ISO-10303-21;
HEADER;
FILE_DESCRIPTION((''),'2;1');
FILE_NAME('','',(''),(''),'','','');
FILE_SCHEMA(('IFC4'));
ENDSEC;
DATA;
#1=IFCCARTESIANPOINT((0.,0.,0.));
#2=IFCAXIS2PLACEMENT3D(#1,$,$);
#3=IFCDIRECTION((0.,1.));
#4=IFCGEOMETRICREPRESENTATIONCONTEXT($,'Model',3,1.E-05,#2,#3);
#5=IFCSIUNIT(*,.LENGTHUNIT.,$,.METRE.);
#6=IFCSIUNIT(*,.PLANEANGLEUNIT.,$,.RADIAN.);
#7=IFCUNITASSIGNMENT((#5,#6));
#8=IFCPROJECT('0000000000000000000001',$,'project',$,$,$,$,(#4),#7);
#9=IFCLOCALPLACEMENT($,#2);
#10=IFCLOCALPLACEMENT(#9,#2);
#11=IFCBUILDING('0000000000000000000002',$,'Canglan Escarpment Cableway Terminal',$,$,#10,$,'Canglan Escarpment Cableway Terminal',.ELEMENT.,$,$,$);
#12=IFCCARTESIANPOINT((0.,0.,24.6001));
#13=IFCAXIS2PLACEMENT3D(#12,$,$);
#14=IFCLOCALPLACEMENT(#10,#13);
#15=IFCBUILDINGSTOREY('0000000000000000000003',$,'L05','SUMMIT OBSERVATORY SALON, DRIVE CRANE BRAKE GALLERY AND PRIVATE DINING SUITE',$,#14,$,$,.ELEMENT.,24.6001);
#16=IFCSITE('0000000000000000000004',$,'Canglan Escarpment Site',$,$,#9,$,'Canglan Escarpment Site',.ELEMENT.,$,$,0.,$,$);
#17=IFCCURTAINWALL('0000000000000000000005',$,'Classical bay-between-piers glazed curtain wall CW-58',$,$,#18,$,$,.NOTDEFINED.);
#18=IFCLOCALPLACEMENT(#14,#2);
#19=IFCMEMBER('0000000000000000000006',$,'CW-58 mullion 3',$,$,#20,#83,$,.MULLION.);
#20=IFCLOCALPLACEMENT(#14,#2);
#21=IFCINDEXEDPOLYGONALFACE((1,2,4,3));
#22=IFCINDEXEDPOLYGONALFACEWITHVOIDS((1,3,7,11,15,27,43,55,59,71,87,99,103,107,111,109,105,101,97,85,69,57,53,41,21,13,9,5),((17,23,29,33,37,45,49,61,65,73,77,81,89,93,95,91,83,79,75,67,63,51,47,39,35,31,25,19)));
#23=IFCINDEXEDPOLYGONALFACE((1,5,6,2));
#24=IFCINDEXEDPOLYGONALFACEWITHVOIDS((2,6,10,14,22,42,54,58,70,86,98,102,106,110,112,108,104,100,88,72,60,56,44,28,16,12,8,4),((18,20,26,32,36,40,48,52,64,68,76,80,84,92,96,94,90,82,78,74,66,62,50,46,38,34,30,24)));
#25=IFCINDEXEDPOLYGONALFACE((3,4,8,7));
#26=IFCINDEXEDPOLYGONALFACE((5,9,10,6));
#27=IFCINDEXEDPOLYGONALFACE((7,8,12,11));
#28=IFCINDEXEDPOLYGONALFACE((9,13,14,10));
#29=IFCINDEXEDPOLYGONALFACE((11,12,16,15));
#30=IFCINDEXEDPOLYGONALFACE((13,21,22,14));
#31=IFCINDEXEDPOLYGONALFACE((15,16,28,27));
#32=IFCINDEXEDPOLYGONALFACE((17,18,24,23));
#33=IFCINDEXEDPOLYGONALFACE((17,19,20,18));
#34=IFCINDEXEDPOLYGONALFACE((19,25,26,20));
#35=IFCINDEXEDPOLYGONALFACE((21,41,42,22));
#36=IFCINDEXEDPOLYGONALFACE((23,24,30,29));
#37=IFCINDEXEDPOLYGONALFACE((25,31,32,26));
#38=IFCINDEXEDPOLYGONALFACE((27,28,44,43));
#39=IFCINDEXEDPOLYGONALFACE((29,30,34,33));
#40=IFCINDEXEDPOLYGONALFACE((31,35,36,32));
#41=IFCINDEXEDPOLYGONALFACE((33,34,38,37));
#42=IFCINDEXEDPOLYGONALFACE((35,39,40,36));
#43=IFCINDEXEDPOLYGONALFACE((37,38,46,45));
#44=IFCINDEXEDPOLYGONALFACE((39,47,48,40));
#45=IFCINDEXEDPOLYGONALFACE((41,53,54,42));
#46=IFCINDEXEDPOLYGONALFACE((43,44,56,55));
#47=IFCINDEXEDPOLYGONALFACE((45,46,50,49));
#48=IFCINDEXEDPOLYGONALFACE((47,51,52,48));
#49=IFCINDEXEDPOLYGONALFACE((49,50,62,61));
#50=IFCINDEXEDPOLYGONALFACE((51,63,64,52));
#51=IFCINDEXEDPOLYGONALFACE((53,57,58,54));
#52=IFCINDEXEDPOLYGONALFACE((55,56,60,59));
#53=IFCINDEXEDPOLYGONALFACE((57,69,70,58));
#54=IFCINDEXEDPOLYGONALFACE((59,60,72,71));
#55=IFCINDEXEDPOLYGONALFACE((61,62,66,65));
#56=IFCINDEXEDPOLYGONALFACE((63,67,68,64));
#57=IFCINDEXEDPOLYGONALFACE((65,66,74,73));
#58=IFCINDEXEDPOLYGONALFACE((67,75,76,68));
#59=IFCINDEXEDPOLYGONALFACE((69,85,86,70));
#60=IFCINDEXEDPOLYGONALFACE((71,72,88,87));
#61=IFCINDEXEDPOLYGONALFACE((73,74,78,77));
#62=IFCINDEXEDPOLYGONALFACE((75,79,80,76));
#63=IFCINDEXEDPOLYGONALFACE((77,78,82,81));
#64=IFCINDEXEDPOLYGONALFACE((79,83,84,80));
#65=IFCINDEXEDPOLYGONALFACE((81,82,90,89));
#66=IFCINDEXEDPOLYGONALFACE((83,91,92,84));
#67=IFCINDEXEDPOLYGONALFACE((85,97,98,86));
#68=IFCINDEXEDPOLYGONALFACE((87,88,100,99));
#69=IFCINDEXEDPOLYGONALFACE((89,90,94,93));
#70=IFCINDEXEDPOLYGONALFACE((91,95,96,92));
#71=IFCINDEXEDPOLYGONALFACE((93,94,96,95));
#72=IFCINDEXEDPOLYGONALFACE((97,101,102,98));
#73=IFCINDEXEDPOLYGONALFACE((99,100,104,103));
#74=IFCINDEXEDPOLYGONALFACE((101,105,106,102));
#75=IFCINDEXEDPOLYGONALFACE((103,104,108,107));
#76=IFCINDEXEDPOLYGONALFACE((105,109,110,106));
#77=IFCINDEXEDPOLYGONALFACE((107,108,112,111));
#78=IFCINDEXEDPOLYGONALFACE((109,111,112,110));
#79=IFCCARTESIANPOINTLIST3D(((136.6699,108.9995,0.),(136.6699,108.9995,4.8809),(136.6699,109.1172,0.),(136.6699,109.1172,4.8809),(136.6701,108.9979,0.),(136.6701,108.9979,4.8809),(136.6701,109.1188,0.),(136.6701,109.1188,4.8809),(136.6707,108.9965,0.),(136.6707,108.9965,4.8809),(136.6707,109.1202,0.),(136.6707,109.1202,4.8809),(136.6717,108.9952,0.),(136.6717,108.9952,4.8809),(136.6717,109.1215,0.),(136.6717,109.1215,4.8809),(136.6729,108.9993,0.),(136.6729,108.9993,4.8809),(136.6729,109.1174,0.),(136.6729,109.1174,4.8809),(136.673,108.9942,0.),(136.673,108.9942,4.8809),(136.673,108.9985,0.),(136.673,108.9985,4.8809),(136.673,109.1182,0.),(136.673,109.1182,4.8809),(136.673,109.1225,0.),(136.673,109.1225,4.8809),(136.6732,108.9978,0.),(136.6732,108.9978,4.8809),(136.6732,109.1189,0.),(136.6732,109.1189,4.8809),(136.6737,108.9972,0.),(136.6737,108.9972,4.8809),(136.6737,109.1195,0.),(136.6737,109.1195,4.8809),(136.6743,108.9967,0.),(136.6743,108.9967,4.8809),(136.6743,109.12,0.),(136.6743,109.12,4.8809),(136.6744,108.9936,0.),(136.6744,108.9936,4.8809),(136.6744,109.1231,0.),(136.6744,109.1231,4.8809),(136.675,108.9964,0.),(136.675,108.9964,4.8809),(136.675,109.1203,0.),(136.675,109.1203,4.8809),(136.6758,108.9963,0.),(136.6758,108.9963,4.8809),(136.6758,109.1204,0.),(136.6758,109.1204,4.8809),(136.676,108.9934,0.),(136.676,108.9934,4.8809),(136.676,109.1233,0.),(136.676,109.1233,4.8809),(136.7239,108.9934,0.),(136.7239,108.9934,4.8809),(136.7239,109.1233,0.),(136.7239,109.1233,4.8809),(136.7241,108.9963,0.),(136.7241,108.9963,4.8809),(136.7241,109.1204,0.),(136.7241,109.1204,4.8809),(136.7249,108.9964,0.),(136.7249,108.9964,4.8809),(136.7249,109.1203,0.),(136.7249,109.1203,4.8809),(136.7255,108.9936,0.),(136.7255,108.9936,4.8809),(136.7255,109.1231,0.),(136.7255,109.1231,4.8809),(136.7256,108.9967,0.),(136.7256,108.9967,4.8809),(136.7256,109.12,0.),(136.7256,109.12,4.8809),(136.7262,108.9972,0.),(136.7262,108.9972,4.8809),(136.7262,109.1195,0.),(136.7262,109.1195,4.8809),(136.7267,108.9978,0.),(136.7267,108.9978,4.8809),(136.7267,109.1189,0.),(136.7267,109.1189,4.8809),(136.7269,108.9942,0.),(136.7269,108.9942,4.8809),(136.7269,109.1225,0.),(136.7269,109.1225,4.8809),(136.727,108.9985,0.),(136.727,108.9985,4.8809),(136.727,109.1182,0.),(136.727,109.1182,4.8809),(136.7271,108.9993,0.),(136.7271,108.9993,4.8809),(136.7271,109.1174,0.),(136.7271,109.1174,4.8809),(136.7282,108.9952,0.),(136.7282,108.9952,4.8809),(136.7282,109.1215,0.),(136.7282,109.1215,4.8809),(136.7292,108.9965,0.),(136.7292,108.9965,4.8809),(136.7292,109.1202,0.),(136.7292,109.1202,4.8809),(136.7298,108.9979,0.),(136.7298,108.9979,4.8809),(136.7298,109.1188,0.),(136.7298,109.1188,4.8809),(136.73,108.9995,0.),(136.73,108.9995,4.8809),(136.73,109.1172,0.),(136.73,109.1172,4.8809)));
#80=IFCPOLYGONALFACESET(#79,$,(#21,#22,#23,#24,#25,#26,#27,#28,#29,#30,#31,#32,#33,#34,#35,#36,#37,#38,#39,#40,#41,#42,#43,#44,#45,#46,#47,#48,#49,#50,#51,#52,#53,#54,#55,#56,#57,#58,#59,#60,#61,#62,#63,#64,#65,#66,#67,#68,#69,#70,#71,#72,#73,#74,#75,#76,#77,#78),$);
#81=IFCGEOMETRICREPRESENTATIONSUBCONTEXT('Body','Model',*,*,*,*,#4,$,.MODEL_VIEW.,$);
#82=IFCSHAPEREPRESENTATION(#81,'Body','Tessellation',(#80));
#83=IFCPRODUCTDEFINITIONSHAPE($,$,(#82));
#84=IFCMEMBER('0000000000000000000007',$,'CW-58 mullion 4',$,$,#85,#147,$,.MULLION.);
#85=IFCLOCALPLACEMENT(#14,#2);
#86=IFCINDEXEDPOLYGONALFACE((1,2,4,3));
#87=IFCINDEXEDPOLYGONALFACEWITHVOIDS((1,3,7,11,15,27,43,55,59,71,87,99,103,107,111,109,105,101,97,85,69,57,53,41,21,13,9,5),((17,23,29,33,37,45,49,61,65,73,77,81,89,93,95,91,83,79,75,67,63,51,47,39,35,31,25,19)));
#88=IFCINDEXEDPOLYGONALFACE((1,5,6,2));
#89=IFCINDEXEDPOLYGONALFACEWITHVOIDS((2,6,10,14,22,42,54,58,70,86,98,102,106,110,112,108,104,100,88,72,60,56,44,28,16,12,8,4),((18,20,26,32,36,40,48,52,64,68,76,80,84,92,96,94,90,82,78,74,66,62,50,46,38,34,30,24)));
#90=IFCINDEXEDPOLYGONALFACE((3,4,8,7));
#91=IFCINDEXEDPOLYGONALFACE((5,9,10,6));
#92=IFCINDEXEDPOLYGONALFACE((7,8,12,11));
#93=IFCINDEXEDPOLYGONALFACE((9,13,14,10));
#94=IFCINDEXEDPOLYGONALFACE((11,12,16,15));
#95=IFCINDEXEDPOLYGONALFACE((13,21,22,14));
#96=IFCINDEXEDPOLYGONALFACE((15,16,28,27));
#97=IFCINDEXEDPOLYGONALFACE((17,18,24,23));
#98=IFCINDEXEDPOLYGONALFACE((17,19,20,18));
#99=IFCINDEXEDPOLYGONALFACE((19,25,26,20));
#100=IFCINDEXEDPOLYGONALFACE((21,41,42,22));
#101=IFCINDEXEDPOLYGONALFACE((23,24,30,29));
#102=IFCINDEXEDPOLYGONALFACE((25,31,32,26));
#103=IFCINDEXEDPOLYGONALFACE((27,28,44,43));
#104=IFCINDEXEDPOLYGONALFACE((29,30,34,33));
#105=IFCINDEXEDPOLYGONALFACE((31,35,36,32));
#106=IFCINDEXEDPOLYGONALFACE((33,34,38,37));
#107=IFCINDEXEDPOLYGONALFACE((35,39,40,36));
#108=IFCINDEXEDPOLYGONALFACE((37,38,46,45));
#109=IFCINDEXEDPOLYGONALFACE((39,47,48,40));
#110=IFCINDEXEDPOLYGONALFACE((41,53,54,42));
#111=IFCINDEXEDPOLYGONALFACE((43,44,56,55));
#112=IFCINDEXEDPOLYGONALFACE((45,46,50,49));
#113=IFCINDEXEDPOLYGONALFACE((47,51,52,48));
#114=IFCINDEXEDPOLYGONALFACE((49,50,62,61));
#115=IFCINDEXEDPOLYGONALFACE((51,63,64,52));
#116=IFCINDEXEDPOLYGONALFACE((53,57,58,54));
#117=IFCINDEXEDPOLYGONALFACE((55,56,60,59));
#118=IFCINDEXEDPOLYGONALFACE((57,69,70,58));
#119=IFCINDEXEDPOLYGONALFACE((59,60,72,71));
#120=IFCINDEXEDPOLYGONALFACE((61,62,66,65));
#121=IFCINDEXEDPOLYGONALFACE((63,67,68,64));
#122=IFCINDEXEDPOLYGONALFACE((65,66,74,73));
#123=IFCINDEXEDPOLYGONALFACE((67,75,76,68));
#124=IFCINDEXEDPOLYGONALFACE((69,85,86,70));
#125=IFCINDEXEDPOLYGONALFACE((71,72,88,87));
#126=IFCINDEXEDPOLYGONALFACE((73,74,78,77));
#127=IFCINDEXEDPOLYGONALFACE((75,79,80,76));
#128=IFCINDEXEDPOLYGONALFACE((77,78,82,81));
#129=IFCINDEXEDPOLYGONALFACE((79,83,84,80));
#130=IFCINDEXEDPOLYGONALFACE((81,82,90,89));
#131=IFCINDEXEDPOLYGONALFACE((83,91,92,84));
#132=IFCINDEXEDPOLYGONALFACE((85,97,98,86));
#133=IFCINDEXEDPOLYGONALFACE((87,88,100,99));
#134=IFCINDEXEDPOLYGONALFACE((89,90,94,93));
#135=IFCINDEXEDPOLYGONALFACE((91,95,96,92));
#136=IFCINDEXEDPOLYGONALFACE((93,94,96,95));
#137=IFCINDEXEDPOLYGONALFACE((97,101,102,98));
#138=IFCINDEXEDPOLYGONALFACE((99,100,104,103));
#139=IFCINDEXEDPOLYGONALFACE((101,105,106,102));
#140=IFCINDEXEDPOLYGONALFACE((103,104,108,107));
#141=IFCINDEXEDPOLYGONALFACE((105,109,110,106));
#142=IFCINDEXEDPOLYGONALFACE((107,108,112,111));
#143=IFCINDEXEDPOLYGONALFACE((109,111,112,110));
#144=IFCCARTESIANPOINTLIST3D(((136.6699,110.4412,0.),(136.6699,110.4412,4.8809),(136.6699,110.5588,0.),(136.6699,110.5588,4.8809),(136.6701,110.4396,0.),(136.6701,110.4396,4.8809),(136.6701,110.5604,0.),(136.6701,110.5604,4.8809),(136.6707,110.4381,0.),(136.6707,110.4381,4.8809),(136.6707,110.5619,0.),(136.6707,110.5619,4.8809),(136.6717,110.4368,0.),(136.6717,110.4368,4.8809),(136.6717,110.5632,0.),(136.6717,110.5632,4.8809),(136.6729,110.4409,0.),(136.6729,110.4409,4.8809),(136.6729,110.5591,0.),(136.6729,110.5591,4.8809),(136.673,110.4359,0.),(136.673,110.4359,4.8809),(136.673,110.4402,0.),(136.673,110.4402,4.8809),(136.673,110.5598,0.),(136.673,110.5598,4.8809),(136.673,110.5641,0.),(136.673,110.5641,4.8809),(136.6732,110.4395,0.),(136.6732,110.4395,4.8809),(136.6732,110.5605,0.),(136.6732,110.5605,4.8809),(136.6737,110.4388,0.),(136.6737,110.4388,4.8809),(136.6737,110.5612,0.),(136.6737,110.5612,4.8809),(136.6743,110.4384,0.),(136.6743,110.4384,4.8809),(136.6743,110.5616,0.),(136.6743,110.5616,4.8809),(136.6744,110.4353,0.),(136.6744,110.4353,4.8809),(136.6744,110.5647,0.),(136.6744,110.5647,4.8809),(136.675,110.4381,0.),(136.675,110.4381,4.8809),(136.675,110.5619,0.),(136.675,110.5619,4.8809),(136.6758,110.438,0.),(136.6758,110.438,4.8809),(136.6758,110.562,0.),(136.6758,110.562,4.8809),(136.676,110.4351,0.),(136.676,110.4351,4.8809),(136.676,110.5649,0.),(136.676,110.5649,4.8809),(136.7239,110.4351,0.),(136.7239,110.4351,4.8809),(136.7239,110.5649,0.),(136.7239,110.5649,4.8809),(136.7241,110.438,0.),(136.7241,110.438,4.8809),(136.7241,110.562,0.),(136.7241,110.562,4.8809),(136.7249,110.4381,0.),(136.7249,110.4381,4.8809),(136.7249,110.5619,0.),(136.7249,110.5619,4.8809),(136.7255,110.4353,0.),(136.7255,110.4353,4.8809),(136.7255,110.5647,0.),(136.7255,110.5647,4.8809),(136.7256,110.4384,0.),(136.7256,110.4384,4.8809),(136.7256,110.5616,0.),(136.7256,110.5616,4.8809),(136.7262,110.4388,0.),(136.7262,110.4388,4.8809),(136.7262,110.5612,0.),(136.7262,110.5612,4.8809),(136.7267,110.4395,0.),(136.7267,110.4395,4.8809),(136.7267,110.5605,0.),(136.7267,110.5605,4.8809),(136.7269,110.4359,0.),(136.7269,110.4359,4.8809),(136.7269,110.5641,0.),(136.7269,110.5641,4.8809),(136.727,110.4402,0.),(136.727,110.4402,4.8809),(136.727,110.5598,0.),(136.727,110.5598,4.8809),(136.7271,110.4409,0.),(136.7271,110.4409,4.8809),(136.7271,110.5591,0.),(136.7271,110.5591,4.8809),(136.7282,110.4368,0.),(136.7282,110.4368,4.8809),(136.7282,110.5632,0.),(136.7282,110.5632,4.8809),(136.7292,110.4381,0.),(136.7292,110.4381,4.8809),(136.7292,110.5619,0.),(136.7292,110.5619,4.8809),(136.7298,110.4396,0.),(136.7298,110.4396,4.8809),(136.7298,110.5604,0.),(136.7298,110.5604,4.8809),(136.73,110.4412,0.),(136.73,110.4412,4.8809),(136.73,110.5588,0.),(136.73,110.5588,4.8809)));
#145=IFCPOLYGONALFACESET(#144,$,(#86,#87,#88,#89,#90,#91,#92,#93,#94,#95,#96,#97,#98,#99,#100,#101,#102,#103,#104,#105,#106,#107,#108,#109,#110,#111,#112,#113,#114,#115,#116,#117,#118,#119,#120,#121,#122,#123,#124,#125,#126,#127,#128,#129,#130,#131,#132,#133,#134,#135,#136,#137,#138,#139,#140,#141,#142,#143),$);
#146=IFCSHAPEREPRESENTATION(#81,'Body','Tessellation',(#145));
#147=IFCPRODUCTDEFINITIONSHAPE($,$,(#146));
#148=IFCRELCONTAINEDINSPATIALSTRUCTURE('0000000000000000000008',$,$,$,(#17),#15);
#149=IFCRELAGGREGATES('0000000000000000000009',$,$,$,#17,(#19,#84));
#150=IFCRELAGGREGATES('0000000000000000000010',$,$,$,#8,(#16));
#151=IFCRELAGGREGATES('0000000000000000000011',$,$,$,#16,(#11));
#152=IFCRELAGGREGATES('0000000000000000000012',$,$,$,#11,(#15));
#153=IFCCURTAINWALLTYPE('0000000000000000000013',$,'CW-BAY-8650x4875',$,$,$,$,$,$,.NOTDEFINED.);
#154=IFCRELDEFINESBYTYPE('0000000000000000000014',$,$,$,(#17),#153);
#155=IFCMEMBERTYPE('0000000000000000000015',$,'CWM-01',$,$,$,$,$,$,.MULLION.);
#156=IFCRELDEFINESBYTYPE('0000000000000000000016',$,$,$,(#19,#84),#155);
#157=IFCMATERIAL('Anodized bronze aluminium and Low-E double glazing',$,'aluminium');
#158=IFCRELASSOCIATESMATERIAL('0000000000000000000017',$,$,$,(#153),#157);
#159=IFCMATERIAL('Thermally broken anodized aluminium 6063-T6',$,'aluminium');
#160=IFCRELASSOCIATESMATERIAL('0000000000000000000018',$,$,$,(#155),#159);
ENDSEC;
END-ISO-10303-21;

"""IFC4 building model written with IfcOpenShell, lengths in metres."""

from ifc_helpers import new_model, si_unit, direction, frame, origin, origin_2d, place, context, subcontext, project, spatial, hollow_rectangle, extrude, material, material_profile, profile_set, type_object, element, aggregate, save


model = new_model("IFC4")

# Units and contexts
model_context = context("Model", 3, precision=1e-05, world=origin(), true_north=direction((0.0, 1.0)))
body_context = subcontext(model_context, "Body", "Model", "MODEL_VIEW")
ifc_project = project(units=[si_unit("LENGTHUNIT", "METRE"), si_unit("PLANEANGLEUNIT", "RADIAN")], contexts=[model_context])

# Site, building, storey
site_placement = place(None, origin())
site = spatial("IfcSite", under=ifc_project, at=site_placement, Name="Canglan Escarpment Site", LongName="Canglan Escarpment Site", CompositionType="ELEMENT", RefElevation=0.0)
building_placement = place(site_placement, origin())
building = spatial("IfcBuilding", under=site, at=building_placement, Name="Canglan Escarpment Cableway Terminal", LongName="Canglan Escarpment Cableway Terminal", CompositionType="ELEMENT")
storey_placement = place(building_placement, frame((0.0, 0.0, 24.6001)))
storey = spatial("IfcBuildingStorey", under=building, at=storey_placement, Name="L05", Description="SUMMIT OBSERVATORY SALON, DRIVE CRANE BRAKE GALLERY AND PRIVATE DINING SUITE", CompositionType="ELEMENT", Elevation=24.6001)

# Curtain wall, members
ifc_material_1 = material(Name="Anodized bronze aluminium and Low-E double glazing", Category="aluminium")
curtain_wall_type = type_object("IfcCurtainWallType", Name="CW-BAY-8650x4875", PredefinedType="NOTDEFINED", material=ifc_material_1)
curtain_wall_1_placement = place(storey_placement, origin())
curtain_wall_1 = element("IfcCurtainWall", 1, at=curtain_wall_1_placement, inside=storey, type_object=curtain_wall_type, Name="Classical bay-between-piers glazed curtain wall CW-58", PredefinedType="NOTDEFINED")
ifc_material_2 = material(Name="Thermally broken anodized aluminium 6063-T6", Category="aluminium")
ifc_material_profile_1 = material_profile(ifc_material_2, hollow_rectangle(XDim=0.0601, YDim=0.1299, WallThickness=0.0029, InnerFilletRadius=0.0029, OuterFilletRadius=0.0061, at=origin_2d()), Name="ALU-MULL 60x130x3")
ifc_profile_set_1 = profile_set([ifc_material_profile_1], Name="Thermally broken anodized aluminium 6063-T6")
member_type_1 = type_object("IfcMemberType", Name="CWM-01", PredefinedType="MULLION", material=ifc_profile_set_1)
member_1_placement = place(storey_placement, frame((136.7, 109.0583, 0.0), z_axis=(0.0, 0.0, 1.0), x_axis=(-1.0, 0.0, 0.0)))
member_1 = element("IfcMember", 2, at=member_1_placement, type_object=member_type_1, Name="CW-58 mullion 3", PredefinedType="MULLION", context=body_context, shape_type="SweptSolid", body=[
    extrude(hollow_rectangle(XDim=0.0601, YDim=0.1299, WallThickness=0.0029, InnerFilletRadius=0.0029, OuterFilletRadius=0.0061, at=origin_2d()), origin(), (0.0, 0.0, 1.0), 4.8809),
])
member_2_placement = place(storey_placement, frame((136.7, 110.5, 0.0), z_axis=(0.0, 0.0, 1.0), x_axis=(-1.0, 0.0, 0.0)))
member_2 = element("IfcMember", 3, at=member_2_placement, type_object=member_type_1, Name="CW-58 mullion 4", PredefinedType="MULLION", context=body_context, shape_type="SweptSolid", body=[
    extrude(hollow_rectangle(XDim=0.0601, YDim=0.1299, WallThickness=0.0029, InnerFilletRadius=0.0029, OuterFilletRadius=0.0061, at=origin_2d()), origin(), (0.0, 0.0, 1.0), 4.8809),
])

aggregate(curtain_wall_1, [member_1, member_2])

save(model, "model.ifc")
